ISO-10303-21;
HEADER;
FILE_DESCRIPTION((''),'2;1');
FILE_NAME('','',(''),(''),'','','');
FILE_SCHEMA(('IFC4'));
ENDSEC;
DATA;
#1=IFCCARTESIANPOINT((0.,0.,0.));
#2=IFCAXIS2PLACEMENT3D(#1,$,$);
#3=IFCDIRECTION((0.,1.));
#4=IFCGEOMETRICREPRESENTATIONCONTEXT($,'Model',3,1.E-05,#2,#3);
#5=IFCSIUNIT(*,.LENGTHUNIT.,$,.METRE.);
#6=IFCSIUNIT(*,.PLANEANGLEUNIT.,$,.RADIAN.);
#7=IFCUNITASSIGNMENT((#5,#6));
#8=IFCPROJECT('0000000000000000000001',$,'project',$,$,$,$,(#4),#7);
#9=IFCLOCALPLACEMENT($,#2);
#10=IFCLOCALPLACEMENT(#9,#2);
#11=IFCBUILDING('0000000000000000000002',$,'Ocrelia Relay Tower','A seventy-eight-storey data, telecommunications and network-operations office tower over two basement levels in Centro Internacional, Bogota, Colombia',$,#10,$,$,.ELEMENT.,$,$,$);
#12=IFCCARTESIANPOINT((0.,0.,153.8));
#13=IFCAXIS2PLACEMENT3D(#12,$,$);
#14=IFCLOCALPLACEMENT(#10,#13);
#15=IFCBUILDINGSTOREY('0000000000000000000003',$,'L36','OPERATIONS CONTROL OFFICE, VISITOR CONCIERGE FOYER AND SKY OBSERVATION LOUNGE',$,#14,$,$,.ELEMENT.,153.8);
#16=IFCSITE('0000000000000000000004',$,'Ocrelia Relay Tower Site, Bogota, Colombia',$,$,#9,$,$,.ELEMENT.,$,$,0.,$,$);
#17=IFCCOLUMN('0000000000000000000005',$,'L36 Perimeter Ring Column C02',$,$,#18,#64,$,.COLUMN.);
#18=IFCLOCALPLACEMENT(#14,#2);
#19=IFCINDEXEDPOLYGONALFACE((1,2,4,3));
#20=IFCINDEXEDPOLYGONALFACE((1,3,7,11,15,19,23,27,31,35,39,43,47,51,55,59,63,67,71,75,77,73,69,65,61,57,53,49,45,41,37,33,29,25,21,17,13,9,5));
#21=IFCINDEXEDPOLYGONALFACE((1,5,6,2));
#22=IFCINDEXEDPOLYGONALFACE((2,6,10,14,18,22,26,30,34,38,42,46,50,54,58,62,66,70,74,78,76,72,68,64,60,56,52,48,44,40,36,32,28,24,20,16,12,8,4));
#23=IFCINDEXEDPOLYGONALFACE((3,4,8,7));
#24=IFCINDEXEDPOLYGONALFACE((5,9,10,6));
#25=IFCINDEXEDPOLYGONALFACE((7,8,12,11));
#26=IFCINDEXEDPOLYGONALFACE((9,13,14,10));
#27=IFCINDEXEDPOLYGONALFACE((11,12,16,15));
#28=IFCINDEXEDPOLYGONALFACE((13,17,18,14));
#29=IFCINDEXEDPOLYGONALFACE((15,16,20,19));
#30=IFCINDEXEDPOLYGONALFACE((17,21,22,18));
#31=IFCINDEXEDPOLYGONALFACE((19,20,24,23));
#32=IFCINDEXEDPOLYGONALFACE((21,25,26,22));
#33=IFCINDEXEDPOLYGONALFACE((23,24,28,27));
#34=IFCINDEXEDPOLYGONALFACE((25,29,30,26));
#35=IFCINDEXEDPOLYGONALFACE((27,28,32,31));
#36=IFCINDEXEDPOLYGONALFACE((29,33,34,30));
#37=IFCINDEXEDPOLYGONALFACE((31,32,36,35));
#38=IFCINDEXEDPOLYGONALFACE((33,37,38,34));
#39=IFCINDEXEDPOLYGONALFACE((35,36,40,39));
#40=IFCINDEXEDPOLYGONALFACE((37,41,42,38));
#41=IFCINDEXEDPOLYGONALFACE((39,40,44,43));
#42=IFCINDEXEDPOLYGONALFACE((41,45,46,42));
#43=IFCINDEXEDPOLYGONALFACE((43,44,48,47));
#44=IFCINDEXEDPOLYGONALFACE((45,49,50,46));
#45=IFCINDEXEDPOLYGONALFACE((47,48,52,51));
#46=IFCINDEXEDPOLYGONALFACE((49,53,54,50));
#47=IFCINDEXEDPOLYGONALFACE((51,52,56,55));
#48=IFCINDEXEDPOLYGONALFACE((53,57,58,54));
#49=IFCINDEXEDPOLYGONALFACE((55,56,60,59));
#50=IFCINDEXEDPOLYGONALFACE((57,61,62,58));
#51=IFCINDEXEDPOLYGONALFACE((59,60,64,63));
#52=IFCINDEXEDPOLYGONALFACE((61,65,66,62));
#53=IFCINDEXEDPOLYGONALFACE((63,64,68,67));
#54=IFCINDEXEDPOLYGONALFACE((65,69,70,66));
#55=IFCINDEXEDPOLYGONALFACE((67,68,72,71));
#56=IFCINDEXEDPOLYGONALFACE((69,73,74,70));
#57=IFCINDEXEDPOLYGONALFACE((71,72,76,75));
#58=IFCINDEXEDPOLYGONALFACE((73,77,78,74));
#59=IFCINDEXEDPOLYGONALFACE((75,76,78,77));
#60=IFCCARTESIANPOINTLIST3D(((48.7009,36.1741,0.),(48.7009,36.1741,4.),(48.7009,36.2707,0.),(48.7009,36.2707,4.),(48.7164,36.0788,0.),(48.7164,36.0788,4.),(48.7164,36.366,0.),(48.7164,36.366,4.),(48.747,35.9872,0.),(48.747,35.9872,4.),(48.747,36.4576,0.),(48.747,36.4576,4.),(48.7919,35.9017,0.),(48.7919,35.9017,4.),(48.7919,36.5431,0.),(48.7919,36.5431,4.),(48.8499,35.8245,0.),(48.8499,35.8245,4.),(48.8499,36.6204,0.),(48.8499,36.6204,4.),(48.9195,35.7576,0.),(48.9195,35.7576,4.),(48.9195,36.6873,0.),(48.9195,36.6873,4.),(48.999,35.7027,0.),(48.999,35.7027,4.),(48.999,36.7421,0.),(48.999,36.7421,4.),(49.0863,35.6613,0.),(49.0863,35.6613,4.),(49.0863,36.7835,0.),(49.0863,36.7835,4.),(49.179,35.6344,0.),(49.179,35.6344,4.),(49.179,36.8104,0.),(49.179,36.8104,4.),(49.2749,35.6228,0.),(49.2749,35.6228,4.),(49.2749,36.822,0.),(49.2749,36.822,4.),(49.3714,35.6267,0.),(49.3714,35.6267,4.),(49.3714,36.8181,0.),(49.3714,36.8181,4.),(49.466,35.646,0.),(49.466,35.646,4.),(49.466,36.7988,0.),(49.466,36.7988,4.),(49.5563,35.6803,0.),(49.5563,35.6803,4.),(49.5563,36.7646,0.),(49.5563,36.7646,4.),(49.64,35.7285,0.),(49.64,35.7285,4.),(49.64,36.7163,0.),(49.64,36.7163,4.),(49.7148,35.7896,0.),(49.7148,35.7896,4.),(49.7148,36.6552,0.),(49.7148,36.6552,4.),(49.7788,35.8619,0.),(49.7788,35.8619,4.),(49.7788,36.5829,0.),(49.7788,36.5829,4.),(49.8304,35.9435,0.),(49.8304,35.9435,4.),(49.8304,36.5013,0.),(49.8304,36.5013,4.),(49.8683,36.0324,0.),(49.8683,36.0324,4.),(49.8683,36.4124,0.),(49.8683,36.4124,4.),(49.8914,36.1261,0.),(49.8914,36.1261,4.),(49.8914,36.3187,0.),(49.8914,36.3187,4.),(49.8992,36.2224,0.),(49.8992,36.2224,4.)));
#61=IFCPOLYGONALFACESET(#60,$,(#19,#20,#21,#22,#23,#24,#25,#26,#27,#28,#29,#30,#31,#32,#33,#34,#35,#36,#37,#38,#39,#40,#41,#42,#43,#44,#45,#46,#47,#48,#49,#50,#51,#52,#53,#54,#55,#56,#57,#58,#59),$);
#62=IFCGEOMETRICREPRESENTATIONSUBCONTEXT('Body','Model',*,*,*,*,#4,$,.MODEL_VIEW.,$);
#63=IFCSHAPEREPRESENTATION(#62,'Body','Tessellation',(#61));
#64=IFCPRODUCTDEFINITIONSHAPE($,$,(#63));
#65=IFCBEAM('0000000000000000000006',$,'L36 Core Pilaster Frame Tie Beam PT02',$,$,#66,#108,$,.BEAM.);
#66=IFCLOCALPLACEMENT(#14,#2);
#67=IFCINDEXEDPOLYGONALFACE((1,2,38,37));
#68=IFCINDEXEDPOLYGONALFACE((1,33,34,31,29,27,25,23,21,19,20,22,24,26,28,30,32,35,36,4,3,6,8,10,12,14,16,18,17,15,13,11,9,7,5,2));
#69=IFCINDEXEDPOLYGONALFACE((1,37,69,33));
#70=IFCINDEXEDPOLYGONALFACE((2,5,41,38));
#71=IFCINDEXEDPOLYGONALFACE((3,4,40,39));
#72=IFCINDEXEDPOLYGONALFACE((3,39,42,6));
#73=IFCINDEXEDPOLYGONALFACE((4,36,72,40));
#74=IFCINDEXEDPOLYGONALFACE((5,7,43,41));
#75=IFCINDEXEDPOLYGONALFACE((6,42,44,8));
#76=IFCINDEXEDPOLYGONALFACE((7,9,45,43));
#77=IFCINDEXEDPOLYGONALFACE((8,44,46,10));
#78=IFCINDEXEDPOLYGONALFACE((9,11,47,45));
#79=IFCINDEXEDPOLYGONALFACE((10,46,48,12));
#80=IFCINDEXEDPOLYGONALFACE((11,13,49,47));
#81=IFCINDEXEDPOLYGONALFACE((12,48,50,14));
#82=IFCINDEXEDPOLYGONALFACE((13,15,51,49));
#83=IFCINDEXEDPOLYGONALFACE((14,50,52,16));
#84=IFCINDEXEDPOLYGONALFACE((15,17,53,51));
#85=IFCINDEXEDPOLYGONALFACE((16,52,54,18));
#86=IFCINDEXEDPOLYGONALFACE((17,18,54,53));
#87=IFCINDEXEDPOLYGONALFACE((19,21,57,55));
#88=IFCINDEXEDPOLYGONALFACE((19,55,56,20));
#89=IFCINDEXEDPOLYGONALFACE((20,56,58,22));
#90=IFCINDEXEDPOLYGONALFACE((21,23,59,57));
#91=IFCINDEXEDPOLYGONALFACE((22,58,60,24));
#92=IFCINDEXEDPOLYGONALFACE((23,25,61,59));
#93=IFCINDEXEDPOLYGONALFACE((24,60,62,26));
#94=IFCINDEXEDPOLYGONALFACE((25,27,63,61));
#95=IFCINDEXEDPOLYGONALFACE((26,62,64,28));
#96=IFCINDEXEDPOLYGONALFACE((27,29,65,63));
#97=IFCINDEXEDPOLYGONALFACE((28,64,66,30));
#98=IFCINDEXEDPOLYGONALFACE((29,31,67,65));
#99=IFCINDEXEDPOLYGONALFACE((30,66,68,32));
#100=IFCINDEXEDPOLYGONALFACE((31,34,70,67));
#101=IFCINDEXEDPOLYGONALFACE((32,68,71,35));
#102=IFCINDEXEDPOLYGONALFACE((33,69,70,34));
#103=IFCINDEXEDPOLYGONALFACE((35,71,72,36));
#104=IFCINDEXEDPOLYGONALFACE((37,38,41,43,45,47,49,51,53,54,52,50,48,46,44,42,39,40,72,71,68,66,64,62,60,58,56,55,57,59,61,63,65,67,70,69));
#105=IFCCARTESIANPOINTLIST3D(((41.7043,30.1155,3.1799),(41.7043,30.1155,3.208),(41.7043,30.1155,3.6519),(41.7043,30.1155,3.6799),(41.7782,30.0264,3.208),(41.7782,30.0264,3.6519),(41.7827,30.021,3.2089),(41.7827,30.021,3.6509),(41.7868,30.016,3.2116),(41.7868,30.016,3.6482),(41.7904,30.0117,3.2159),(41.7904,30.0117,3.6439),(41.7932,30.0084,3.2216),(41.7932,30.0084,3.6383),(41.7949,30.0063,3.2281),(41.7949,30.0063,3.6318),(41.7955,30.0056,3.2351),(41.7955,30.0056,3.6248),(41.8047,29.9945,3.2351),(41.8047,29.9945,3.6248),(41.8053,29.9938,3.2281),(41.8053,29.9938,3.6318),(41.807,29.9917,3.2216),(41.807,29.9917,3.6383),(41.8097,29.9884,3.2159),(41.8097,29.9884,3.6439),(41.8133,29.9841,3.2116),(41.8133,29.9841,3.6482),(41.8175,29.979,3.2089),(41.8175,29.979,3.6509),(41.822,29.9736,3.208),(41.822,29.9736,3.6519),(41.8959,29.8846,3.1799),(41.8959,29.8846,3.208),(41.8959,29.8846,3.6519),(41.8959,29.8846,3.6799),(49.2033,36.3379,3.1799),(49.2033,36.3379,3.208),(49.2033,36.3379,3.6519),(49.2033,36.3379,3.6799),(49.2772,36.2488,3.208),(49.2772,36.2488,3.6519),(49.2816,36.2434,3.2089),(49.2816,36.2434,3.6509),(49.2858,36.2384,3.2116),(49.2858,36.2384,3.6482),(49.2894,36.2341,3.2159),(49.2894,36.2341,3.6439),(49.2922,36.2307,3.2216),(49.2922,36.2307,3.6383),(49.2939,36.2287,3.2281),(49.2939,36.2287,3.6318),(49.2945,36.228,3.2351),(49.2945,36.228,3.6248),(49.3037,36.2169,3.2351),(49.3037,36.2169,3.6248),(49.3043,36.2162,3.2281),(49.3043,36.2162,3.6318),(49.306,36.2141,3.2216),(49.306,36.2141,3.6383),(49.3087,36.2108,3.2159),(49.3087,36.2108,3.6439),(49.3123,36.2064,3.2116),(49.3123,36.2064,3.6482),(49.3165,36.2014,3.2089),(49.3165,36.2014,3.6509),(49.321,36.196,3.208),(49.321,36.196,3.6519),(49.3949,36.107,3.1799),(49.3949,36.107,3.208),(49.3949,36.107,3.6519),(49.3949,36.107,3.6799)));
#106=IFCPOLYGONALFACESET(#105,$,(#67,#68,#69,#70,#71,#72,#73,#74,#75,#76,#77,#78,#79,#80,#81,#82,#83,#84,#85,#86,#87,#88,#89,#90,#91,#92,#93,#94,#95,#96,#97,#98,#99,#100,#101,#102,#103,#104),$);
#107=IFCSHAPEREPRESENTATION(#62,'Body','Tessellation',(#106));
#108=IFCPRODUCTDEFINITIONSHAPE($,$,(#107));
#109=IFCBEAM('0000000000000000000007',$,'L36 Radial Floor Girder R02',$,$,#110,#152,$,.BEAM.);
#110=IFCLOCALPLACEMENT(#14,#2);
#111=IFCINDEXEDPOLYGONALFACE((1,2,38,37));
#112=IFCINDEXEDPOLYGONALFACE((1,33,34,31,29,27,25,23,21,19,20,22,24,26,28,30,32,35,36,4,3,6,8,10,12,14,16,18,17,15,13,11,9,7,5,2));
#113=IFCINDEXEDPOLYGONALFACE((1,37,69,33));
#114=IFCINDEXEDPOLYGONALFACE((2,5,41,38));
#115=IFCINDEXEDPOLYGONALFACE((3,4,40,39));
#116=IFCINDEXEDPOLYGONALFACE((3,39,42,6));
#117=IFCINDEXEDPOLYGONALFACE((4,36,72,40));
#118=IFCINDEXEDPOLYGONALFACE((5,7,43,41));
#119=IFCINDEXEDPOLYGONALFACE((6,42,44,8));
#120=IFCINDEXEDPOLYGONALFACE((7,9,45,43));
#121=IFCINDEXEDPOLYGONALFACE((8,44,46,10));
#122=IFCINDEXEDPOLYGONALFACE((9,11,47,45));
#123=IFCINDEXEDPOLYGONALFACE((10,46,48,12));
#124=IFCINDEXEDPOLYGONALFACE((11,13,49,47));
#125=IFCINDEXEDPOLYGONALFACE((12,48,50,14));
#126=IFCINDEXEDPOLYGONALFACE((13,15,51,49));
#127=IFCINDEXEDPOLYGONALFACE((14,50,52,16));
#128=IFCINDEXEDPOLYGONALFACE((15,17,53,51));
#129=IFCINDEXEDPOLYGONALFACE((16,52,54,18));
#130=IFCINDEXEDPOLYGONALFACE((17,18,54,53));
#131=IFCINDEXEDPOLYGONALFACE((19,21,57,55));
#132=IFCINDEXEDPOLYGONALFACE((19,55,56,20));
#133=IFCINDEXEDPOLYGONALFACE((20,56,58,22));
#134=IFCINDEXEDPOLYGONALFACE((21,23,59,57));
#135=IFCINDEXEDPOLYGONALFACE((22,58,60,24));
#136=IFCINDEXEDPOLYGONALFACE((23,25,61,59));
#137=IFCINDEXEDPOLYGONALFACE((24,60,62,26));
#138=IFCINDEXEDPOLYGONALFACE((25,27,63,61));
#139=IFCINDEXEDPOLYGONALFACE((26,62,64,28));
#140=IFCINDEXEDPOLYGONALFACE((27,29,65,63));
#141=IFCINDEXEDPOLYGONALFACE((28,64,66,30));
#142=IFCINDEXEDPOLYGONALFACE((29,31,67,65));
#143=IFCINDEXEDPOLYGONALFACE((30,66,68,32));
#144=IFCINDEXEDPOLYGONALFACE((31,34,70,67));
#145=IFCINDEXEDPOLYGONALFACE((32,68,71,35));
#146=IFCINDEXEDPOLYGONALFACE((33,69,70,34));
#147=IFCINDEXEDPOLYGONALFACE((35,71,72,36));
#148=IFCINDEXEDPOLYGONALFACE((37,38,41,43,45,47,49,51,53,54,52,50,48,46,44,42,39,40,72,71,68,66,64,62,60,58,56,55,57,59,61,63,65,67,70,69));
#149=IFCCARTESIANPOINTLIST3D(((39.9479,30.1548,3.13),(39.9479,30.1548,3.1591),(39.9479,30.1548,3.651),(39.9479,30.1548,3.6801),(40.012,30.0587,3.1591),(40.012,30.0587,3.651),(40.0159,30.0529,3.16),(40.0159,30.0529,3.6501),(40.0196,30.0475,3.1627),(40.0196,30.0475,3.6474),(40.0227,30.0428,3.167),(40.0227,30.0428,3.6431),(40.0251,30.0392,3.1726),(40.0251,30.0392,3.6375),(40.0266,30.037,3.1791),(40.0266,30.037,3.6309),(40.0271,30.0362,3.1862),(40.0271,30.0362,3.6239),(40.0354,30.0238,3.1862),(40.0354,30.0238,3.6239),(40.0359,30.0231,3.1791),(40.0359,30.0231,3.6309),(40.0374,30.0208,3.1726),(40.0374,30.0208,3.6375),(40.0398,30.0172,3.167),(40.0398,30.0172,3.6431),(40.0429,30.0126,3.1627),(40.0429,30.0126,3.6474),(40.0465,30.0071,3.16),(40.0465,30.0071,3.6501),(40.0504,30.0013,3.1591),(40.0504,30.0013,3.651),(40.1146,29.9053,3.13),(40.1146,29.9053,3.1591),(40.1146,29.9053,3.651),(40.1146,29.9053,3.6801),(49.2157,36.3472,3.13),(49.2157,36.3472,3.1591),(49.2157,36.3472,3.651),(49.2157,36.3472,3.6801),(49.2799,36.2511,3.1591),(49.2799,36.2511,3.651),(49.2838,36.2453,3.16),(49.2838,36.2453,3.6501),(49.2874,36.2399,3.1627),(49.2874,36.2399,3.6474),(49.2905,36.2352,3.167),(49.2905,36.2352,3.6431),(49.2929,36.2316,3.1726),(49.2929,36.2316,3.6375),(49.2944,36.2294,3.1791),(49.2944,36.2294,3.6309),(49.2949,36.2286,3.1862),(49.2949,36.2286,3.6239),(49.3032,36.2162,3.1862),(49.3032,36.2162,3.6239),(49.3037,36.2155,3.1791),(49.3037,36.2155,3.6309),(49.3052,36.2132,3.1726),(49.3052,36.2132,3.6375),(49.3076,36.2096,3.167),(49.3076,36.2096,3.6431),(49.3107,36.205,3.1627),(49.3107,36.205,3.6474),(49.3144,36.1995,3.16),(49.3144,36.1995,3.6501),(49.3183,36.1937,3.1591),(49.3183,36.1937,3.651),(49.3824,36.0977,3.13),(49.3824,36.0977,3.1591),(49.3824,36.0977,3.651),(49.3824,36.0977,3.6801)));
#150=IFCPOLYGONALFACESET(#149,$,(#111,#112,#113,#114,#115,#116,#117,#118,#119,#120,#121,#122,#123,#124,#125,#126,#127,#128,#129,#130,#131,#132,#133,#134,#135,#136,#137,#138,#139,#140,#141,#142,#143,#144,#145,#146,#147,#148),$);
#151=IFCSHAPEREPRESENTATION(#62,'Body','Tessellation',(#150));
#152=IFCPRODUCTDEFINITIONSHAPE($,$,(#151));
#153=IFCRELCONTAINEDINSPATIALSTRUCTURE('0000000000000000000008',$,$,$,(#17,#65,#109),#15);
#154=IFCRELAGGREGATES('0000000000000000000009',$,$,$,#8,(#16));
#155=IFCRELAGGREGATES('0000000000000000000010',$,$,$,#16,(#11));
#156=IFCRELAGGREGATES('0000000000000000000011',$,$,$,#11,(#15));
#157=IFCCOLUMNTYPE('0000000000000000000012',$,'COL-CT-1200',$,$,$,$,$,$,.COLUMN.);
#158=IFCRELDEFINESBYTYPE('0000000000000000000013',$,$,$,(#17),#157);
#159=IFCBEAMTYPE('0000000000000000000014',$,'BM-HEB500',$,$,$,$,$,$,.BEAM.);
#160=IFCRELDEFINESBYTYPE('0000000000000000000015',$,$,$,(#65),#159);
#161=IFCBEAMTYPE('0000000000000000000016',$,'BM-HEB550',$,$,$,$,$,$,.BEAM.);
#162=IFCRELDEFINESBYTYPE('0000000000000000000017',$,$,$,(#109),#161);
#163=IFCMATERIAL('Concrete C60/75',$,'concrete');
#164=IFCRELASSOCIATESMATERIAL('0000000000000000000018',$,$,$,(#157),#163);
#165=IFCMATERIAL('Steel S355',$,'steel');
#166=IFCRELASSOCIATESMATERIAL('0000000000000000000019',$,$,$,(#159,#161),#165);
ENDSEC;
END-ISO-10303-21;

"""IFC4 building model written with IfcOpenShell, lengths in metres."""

from ifc_helpers import new_model, si_unit, direction, frame, origin, origin_2d, place, context, subcontext, project, spatial, circle, i_section, extrude, material, material_profile, profile_set, type_object, element, save


model = new_model("IFC4")

# Units and contexts
model_context = context("Model", 3, precision=1e-05, world=origin(), true_north=direction((0.0, 1.0)))
body_context = subcontext(model_context, "Body", "Model", "MODEL_VIEW")
ifc_project = project(units=[si_unit("LENGTHUNIT", "METRE"), si_unit("PLANEANGLEUNIT", "RADIAN")], contexts=[model_context])

# Site, building, storey
site_placement = place(None, origin())
site = spatial("IfcSite", under=ifc_project, at=site_placement, Name="Ocrelia Relay Tower Site, Bogota, Colombia", CompositionType="ELEMENT", RefElevation=0.0)
building_placement = place(site_placement, origin())
building = spatial("IfcBuilding", under=site, at=building_placement, Name="Ocrelia Relay Tower", Description="A seventy-eight-storey data, telecommunications and network-operations office tower over two basement levels in Centro Internacional, Bogota, Colombia", CompositionType="ELEMENT")
storey_placement = place(building_placement, frame((0.0, 0.0, 153.8)))
storey = spatial("IfcBuildingStorey", under=building, at=storey_placement, Name="L36", Description="OPERATIONS CONTROL OFFICE, VISITOR CONCIERGE FOYER AND SKY OBSERVATION LOUNGE", CompositionType="ELEMENT", Elevation=153.8)

# Column
ifc_material_1 = material(Name="Concrete C60/75", Category="concrete")
ifc_material_profile_1 = material_profile(ifc_material_1, circle(Radius=0.6001, at=origin_2d()), Name="RC-CIR-1200")
ifc_profile_set_1 = profile_set([ifc_material_profile_1], Name="Concrete C60/75")
column_type = type_object("IfcColumnType", Name="COL-CT-1200", PredefinedType="COLUMN", material=ifc_profile_set_1)
column_placement = place(storey_placement, frame((49.2991, 36.2224, 0.0), z_axis=(0.0, 0.0, 1.0), x_axis=(1.0, 0.0, 0.0)))
element("IfcColumn", 1, at=column_placement, inside=storey, type_object=column_type, Name="L36 Perimeter Ring Column C02", PredefinedType="COLUMN", context=body_context, shape_type="SweptSolid", body=[
    extrude(circle(Radius=0.6001, at=origin_2d()), origin(), (0.0, 0.0, 1.0), 4.0),
])

# Beams
ifc_material_2 = material(Name="Steel S355", Category="steel")
ifc_material_profile_2 = material_profile(ifc_material_2, i_section(OverallWidth=0.3, OverallDepth=0.5, WebThickness=0.0144, FlangeThickness=0.0281, FilletRadius=0.0271, at=origin_2d()), Name="HEB 500")
ifc_profile_set_2 = profile_set([ifc_material_profile_2], Name="Steel S355")
beam_type_1 = type_object("IfcBeamType", Name="BM-HEB500", PredefinedType="BEAM", material=ifc_profile_set_2)
beam_1_placement = place(storey_placement, frame((49.2991, 36.2224, 3.4299), z_axis=(-0.769571, -0.638561, 0.0), x_axis=(0.638561, -0.769571, 0.0)))
element("IfcBeam", 2, at=beam_1_placement, inside=storey, type_object=beam_type_1, Name="L36 Core Pilaster Frame Tie Beam PT02", PredefinedType="BEAM", context=body_context, shape_type="SweptSolid", body=[
    extrude(i_section(OverallWidth=0.3, OverallDepth=0.5, WebThickness=0.0144, FlangeThickness=0.0281, FilletRadius=0.0271, at=origin_2d()), origin(), (0.0, 0.0, 1.0), 9.7444),
])
ifc_material_profile_3 = material_profile(ifc_material_2, i_section(OverallWidth=0.3, OverallDepth=0.55, WebThickness=0.0149, FlangeThickness=0.0291, FilletRadius=0.0271, at=origin_2d()), Name="HEB 550")
ifc_profile_set_3 = profile_set([ifc_material_profile_3], Name="Steel S355")
beam_type_2 = type_object("IfcBeamType", Name="BM-HEB550", PredefinedType="BEAM", material=ifc_profile_set_3)
beam_2_placement = place(storey_placement, frame((49.2991, 36.2224, 3.405), z_axis=(-0.831477, -0.555559, 0.0), x_axis=(0.555559, -0.831477, 0.0)))
element("IfcBeam", 3, at=beam_2_placement, inside=storey, type_object=beam_type_2, Name="L36 Radial Floor Girder R02", PredefinedType="BEAM", context=body_context, shape_type="SweptSolid", body=[
    extrude(i_section(OverallWidth=0.3, OverallDepth=0.55, WebThickness=0.0149, FlangeThickness=0.0291, FilletRadius=0.0271, at=origin_2d()), origin(), (0.0, 0.0, 1.0), 11.1462),
])

save(model, "model.ifc")
